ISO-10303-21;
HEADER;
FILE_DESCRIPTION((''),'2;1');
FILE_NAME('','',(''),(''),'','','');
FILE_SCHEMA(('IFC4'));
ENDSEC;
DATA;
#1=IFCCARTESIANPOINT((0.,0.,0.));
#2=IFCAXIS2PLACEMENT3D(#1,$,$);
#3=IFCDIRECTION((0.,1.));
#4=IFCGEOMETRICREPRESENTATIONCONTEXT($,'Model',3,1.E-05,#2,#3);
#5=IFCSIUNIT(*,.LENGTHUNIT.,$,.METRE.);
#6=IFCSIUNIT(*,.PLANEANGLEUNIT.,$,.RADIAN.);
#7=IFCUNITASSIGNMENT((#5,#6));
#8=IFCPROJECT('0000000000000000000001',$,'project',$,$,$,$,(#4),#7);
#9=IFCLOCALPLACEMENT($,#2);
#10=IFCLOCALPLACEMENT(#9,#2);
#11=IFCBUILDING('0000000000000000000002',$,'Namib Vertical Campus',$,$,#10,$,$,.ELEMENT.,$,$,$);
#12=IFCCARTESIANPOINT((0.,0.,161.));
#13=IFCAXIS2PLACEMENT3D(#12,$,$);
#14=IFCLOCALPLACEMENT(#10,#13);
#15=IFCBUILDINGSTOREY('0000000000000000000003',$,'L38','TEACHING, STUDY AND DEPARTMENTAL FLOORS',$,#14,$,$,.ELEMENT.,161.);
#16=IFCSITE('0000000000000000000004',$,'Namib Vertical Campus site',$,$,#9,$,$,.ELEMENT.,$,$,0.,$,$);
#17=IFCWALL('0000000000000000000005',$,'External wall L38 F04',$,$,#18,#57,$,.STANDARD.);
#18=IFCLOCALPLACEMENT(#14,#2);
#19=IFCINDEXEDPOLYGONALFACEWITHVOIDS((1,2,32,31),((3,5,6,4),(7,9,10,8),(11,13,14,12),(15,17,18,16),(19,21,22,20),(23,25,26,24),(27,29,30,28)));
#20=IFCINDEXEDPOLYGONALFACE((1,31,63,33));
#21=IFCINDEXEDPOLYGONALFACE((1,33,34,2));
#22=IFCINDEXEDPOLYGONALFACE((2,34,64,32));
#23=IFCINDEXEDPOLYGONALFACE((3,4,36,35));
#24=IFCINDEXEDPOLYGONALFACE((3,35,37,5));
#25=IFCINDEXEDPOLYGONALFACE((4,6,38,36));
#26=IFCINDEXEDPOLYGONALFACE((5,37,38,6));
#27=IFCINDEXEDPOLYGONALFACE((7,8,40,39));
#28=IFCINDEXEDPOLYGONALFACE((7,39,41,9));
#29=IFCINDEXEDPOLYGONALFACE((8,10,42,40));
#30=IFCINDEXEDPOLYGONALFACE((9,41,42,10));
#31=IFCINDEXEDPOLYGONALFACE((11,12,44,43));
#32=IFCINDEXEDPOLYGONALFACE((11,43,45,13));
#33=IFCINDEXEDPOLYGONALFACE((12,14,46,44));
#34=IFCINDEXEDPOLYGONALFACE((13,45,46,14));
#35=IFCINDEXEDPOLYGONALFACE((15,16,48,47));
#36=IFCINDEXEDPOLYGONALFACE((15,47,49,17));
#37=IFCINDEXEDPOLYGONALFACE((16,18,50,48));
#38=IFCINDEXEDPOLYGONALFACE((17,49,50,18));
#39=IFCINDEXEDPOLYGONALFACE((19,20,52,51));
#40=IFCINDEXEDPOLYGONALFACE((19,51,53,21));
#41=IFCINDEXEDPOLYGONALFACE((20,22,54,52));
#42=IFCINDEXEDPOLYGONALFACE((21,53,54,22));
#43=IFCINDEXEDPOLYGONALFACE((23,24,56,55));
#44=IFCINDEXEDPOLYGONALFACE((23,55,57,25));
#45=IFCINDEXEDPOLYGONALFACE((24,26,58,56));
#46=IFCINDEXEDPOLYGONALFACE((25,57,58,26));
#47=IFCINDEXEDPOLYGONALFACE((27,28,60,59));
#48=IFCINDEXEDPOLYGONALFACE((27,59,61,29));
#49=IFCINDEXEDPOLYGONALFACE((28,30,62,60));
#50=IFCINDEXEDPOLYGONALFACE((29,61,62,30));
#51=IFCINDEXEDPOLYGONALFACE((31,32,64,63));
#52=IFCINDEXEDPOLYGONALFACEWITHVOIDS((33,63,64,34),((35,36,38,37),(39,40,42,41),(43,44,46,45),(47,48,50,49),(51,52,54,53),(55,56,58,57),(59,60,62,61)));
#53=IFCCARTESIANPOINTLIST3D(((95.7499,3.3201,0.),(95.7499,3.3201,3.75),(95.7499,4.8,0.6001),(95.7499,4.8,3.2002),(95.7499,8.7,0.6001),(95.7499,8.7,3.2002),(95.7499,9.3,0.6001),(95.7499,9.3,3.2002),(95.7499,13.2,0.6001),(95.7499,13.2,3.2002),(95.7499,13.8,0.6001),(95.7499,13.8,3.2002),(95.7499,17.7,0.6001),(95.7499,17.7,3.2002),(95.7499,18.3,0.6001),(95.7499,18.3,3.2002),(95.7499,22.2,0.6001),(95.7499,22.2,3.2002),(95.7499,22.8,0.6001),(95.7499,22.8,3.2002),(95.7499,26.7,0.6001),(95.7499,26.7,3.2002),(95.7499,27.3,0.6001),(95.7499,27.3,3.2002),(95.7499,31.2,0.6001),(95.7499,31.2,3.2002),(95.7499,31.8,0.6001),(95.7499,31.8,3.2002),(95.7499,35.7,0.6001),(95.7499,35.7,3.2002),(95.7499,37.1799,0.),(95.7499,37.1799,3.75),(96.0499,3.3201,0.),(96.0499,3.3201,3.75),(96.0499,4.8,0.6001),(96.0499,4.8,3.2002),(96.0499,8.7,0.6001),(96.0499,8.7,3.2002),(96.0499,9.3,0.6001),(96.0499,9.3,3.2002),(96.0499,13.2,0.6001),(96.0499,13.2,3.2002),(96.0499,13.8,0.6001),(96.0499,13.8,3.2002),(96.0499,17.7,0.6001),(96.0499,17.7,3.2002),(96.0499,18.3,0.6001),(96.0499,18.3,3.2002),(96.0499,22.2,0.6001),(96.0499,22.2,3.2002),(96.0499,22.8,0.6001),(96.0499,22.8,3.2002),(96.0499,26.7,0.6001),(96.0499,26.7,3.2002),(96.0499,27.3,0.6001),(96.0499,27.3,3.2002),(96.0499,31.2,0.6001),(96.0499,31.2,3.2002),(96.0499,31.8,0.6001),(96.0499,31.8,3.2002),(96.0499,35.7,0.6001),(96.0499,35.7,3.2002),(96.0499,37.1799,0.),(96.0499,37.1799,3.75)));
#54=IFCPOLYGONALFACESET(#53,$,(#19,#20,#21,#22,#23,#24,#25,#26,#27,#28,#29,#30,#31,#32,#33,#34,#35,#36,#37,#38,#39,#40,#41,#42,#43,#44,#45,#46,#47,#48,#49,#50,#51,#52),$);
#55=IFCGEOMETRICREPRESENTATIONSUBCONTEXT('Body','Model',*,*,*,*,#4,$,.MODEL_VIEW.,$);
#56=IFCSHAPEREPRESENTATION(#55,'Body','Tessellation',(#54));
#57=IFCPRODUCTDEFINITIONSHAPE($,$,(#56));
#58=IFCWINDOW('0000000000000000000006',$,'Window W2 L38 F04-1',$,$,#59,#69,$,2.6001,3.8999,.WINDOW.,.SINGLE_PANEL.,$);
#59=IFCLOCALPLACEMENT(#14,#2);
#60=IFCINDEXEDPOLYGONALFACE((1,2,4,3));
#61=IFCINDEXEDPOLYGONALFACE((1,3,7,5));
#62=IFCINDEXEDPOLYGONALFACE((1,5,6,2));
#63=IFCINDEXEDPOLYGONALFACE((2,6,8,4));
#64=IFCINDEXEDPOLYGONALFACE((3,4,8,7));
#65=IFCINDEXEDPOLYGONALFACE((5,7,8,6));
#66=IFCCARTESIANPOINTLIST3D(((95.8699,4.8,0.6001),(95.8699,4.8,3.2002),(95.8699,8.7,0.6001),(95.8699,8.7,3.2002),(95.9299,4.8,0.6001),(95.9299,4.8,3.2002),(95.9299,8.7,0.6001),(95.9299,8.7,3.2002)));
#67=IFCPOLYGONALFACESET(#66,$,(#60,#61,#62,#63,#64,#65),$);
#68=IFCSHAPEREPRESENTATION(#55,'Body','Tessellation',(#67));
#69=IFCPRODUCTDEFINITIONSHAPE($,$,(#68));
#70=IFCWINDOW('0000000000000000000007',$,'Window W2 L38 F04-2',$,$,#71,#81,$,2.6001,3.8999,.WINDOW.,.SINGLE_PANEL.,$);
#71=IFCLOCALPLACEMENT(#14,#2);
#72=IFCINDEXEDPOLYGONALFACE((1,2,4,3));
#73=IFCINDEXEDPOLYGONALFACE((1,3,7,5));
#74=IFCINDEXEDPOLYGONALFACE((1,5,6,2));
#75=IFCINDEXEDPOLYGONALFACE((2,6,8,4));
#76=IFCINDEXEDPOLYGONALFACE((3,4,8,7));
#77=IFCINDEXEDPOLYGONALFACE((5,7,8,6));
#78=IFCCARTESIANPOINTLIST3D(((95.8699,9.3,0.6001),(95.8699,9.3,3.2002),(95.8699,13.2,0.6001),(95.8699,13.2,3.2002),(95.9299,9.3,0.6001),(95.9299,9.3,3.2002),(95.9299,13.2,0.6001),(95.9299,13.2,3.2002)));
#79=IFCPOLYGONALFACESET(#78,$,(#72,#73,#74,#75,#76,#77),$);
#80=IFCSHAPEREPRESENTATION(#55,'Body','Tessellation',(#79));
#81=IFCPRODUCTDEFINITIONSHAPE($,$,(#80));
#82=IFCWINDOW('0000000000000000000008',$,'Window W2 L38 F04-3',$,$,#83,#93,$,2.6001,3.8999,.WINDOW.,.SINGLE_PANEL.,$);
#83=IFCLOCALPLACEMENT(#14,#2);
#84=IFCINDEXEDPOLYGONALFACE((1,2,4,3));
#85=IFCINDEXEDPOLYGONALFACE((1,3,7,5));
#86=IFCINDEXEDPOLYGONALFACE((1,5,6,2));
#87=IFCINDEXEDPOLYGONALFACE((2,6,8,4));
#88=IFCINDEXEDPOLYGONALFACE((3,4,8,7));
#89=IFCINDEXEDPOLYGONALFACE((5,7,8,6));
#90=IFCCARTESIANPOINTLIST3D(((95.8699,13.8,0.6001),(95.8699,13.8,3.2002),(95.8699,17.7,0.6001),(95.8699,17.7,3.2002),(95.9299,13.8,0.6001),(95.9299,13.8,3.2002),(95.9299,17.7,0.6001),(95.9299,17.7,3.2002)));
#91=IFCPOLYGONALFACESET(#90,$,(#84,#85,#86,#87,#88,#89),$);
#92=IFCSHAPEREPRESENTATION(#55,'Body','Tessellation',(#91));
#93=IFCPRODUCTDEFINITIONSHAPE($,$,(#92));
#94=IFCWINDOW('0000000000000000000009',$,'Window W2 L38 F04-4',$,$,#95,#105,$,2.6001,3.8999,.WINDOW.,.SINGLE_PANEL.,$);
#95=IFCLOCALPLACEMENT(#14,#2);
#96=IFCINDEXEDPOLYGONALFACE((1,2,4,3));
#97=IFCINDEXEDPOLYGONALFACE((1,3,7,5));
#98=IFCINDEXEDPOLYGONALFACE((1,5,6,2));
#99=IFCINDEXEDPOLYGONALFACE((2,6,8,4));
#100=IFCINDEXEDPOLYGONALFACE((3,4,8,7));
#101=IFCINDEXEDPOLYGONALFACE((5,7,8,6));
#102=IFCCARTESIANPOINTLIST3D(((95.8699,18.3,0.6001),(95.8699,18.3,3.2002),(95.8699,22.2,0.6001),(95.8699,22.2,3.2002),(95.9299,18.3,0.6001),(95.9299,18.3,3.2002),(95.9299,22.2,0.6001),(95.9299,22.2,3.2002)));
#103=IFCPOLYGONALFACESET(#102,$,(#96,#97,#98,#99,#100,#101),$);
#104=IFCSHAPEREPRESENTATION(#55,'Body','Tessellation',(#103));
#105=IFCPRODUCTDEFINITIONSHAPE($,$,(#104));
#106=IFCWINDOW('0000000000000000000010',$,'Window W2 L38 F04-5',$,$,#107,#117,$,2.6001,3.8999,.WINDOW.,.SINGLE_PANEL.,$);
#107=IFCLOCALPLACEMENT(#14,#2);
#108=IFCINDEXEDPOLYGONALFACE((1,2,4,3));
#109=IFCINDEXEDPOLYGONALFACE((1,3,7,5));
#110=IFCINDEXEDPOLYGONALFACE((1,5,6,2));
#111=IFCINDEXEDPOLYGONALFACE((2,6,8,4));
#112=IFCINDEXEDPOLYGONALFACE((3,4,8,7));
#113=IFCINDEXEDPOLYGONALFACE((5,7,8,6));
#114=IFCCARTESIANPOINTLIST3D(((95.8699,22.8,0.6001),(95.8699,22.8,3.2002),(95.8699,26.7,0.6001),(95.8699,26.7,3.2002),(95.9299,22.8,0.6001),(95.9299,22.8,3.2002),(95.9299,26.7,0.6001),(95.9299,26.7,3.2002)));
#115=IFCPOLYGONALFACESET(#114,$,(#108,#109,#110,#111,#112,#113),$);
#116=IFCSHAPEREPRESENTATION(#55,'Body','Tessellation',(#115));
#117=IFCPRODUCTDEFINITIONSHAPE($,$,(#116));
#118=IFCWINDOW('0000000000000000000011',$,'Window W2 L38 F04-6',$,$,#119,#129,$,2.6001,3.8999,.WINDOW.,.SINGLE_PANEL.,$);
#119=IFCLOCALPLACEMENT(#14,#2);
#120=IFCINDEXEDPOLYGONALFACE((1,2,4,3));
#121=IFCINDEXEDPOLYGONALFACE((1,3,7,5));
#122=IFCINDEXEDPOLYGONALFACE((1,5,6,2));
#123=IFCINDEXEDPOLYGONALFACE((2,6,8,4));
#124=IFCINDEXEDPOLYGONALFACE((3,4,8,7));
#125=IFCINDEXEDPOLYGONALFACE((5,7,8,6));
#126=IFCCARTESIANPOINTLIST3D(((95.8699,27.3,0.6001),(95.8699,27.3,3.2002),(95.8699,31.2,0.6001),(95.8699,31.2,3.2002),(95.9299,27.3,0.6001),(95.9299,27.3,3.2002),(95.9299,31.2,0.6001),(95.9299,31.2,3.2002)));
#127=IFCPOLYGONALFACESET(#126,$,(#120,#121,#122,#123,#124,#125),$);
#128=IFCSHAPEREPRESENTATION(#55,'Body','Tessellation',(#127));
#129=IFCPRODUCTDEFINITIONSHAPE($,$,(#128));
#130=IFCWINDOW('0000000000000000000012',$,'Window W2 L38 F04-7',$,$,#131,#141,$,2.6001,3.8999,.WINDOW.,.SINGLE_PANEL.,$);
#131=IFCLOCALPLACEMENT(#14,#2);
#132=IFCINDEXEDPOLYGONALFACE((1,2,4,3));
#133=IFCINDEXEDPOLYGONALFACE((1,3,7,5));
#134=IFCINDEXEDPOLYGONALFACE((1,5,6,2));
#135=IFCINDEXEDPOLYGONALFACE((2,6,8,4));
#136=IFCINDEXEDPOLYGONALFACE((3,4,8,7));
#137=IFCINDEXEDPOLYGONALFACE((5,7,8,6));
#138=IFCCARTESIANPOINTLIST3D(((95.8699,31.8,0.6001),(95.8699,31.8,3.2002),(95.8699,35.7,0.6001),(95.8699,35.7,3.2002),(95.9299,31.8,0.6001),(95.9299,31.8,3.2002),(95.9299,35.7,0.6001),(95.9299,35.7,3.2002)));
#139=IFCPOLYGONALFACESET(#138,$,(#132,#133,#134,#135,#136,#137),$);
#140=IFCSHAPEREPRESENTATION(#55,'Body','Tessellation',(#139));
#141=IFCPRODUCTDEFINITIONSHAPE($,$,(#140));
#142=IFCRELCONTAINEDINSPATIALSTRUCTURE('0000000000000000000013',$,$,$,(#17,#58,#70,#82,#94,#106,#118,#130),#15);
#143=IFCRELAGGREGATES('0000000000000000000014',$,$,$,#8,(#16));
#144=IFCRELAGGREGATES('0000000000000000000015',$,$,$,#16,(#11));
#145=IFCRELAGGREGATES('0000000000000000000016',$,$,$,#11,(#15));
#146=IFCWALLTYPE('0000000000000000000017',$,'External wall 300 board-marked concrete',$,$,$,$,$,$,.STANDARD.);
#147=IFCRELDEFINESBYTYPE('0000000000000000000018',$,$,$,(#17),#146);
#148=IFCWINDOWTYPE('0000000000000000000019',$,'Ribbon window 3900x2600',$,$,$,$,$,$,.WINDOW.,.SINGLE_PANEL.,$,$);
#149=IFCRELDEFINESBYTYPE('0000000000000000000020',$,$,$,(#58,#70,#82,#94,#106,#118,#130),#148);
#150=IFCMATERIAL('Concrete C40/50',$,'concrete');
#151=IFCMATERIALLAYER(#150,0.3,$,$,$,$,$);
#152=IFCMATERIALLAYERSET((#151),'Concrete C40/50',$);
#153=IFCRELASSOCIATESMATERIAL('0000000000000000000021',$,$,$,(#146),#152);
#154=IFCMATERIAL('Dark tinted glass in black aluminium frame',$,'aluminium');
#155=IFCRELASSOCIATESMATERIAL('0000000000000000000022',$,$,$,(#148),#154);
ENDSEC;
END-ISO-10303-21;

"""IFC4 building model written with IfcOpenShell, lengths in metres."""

from ifc_helpers import new_model, si_unit, direction, frame, frame_2d, origin, place, context, subcontext, project, spatial, rectangle, extrude, material, layer, layer_set, type_object, element, fill, save


model = new_model("IFC4")

# Units and contexts
model_context = context("Model", 3, precision=1e-05, world=origin(), true_north=direction((0.0, 1.0)))
body_context = subcontext(model_context, "Body", "Model", "MODEL_VIEW")
ifc_project = project(units=[si_unit("LENGTHUNIT", "METRE"), si_unit("PLANEANGLEUNIT", "RADIAN")], contexts=[model_context])

# Site, building, storey
site_placement = place(None, origin())
site = spatial("IfcSite", under=ifc_project, at=site_placement, Name="Namib Vertical Campus site", CompositionType="ELEMENT", RefElevation=0.0)
building_placement = place(site_placement, origin())
building = spatial("IfcBuilding", under=site, at=building_placement, Name="Namib Vertical Campus", CompositionType="ELEMENT")
storey_placement = place(building_placement, frame((0.0, 0.0, 161.0)))
storey = spatial("IfcBuildingStorey", under=building, at=storey_placement, Name="L38", Description="TEACHING, STUDY AND DEPARTMENTAL FLOORS", CompositionType="ELEMENT", Elevation=161.0)

# Wall, openings, windows
ifc_material_1 = material(Name="Concrete C40/50", Category="concrete")
ifc_layer_1 = layer(ifc_material_1, 0.3)
ifc_layer_set_1 = layer_set([ifc_layer_1], Name="Concrete C40/50")
wall_type_1 = type_object("IfcWallType", Name="External wall 300 board-marked concrete", PredefinedType="STANDARD", material=ifc_layer_set_1)
wall_1_placement = place(storey_placement, frame((95.8999, 3.3201, 0.0), z_axis=(0.0, 0.0, 1.0), x_axis=(0.0, 1.0, 0.0)))
wall_1 = element("IfcWall", 1, at=wall_1_placement, inside=storey, type_object=wall_type_1, Name="External wall L38 F04", PredefinedType="STANDARD", context=body_context, shape_type="SweptSolid", body=[
    extrude(rectangle(XDim=33.8599, YDim=0.3, at=frame_2d((16.9299, 0.0))), origin(), (0.0, 0.0, 1.0), 3.75),
])
opening_1_placement = place(wall_1_placement, frame((1.48, 0.0, 0.6001)))
opening_1 = element("IfcOpeningElement", 2, at=opening_1_placement, cuts=wall_1, PredefinedType="OPENING", context=body_context, shape_type="SweptSolid", body=[
    extrude(rectangle(XDim=3.8999, YDim=2.6001, at=frame_2d((1.95, 1.3))), frame((0.0, 0.1599, 0.0), z_axis=(0.0, -1.0, 0.0), x_axis=(1.0, 0.0, 0.0)), (0.0, 0.0, 1.0), 0.3201),
])
opening_2_placement = place(wall_1_placement, frame((5.98, 0.0, 0.6001)))
opening_2 = element("IfcOpeningElement", 3, at=opening_2_placement, cuts=wall_1, PredefinedType="OPENING", context=body_context, shape_type="SweptSolid", body=[
    extrude(rectangle(XDim=3.8999, YDim=2.6001, at=frame_2d((1.95, 1.3))), frame((0.0, 0.1599, 0.0), z_axis=(0.0, -1.0, 0.0), x_axis=(1.0, 0.0, 0.0)), (0.0, 0.0, 1.0), 0.3201),
])
opening_3_placement = place(wall_1_placement, frame((10.48, 0.0, 0.6001)))
opening_3 = element("IfcOpeningElement", 4, at=opening_3_placement, cuts=wall_1, PredefinedType="OPENING", context=body_context, shape_type="SweptSolid", body=[
    extrude(rectangle(XDim=3.8999, YDim=2.6001, at=frame_2d((1.95, 1.3))), frame((0.0, 0.1599, 0.0), z_axis=(0.0, -1.0, 0.0), x_axis=(1.0, 0.0, 0.0)), (0.0, 0.0, 1.0), 0.3201),
])
opening_4_placement = place(wall_1_placement, frame((14.98, 0.0, 0.6001)))
opening_4 = element("IfcOpeningElement", 5, at=opening_4_placement, cuts=wall_1, PredefinedType="OPENING", context=body_context, shape_type="SweptSolid", body=[
    extrude(rectangle(XDim=3.8999, YDim=2.6001, at=frame_2d((1.95, 1.3))), frame((0.0, 0.1599, 0.0), z_axis=(0.0, -1.0, 0.0), x_axis=(1.0, 0.0, 0.0)), (0.0, 0.0, 1.0), 0.3201),
])
opening_5_placement = place(wall_1_placement, frame((19.48, 0.0, 0.6001)))
opening_5 = element("IfcOpeningElement", 6, at=opening_5_placement, cuts=wall_1, PredefinedType="OPENING", context=body_context, shape_type="SweptSolid", body=[
    extrude(rectangle(XDim=3.8999, YDim=2.6001, at=frame_2d((1.95, 1.3))), frame((0.0, 0.1599, 0.0), z_axis=(0.0, -1.0, 0.0), x_axis=(1.0, 0.0, 0.0)), (0.0, 0.0, 1.0), 0.3201),
])
opening_6_placement = place(wall_1_placement, frame((23.98, 0.0, 0.6001)))
opening_6 = element("IfcOpeningElement", 7, at=opening_6_placement, cuts=wall_1, PredefinedType="OPENING", context=body_context, shape_type="SweptSolid", body=[
    extrude(rectangle(XDim=3.8999, YDim=2.6001, at=frame_2d((1.95, 1.3))), frame((0.0, 0.1599, 0.0), z_axis=(0.0, -1.0, 0.0), x_axis=(1.0, 0.0, 0.0)), (0.0, 0.0, 1.0), 0.3201),
])
opening_7_placement = place(wall_1_placement, frame((28.48, 0.0, 0.6001)))
opening_7 = element("IfcOpeningElement", 8, at=opening_7_placement, cuts=wall_1, PredefinedType="OPENING", context=body_context, shape_type="SweptSolid", body=[
    extrude(rectangle(XDim=3.8999, YDim=2.6001, at=frame_2d((1.95, 1.3))), frame((0.0, 0.1599, 0.0), z_axis=(0.0, -1.0, 0.0), x_axis=(1.0, 0.0, 0.0)), (0.0, 0.0, 1.0), 0.3201),
])
ifc_material_2 = material(Name="Dark tinted glass in black aluminium frame", Category="aluminium")
window_type = type_object("IfcWindowType", Name="Ribbon window 3900x2600", PartitioningType="SINGLE_PANEL", PredefinedType="WINDOW", material=ifc_material_2)
window_1_placement = place(opening_1_placement, origin())
window_1 = element("IfcWindow", 9, at=window_1_placement, inside=storey, type_object=window_type, Name="Window W2 L38 F04-1", OverallHeight=2.6001, OverallWidth=3.8999, PartitioningType="SINGLE_PANEL", PredefinedType="WINDOW", context=body_context, shape_type="SweptSolid", body=[
    extrude(rectangle(XDim=3.8999, YDim=2.6001, at=frame_2d((1.95, 1.3))), frame((0.0, 0.03, 0.0), z_axis=(0.0, -1.0, 0.0), x_axis=(1.0, 0.0, 0.0)), (0.0, 0.0, 1.0), 0.0601),
])
fill(opening_1, window_1)
window_2_placement = place(opening_2_placement, origin())
window_2 = element("IfcWindow", 10, at=window_2_placement, inside=storey, type_object=window_type, Name="Window W2 L38 F04-2", OverallHeight=2.6001, OverallWidth=3.8999, PartitioningType="SINGLE_PANEL", PredefinedType="WINDOW", context=body_context, shape_type="SweptSolid", body=[
    extrude(rectangle(XDim=3.8999, YDim=2.6001, at=frame_2d((1.95, 1.3))), frame((0.0, 0.03, 0.0), z_axis=(0.0, -1.0, 0.0), x_axis=(1.0, 0.0, 0.0)), (0.0, 0.0, 1.0), 0.0601),
])
fill(opening_2, window_2)
window_3_placement = place(opening_3_placement, origin())
window_3 = element("IfcWindow", 11, at=window_3_placement, inside=storey, type_object=window_type, Name="Window W2 L38 F04-3", OverallHeight=2.6001, OverallWidth=3.8999, PartitioningType="SINGLE_PANEL", PredefinedType="WINDOW", context=body_context, shape_type="SweptSolid", body=[
    extrude(rectangle(XDim=3.8999, YDim=2.6001, at=frame_2d((1.95, 1.3))), frame((0.0, 0.03, 0.0), z_axis=(0.0, -1.0, 0.0), x_axis=(1.0, 0.0, 0.0)), (0.0, 0.0, 1.0), 0.0601),
])
fill(opening_3, window_3)
window_4_placement = place(opening_4_placement, origin())
window_4 = element("IfcWindow", 12, at=window_4_placement, inside=storey, type_object=window_type, Name="Window W2 L38 F04-4", OverallHeight=2.6001, OverallWidth=3.8999, PartitioningType="SINGLE_PANEL", PredefinedType="WINDOW", context=body_context, shape_type="SweptSolid", body=[
    extrude(rectangle(XDim=3.8999, YDim=2.6001, at=frame_2d((1.95, 1.3))), frame((0.0, 0.03, 0.0), z_axis=(0.0, -1.0, 0.0), x_axis=(1.0, 0.0, 0.0)), (0.0, 0.0, 1.0), 0.0601),
])
fill(opening_4, window_4)
window_5_placement = place(opening_5_placement, origin())
window_5 = element("IfcWindow", 13, at=window_5_placement, inside=storey, type_object=window_type, Name="Window W2 L38 F04-5", OverallHeight=2.6001, OverallWidth=3.8999, PartitioningType="SINGLE_PANEL", PredefinedType="WINDOW", context=body_context, shape_type="SweptSolid", body=[
    extrude(rectangle(XDim=3.8999, YDim=2.6001, at=frame_2d((1.95, 1.3))), frame((0.0, 0.03, 0.0), z_axis=(0.0, -1.0, 0.0), x_axis=(1.0, 0.0, 0.0)), (0.0, 0.0, 1.0), 0.0601),
])
fill(opening_5, window_5)
window_6_placement = place(opening_6_placement, origin())
window_6 = element("IfcWindow", 14, at=window_6_placement, inside=storey, type_object=window_type, Name="Window W2 L38 F04-6", OverallHeight=2.6001, OverallWidth=3.8999, PartitioningType="SINGLE_PANEL", PredefinedType="WINDOW", context=body_context, shape_type="SweptSolid", body=[
    extrude(rectangle(XDim=3.8999, YDim=2.6001, at=frame_2d((1.95, 1.3))), frame((0.0, 0.03, 0.0), z_axis=(0.0, -1.0, 0.0), x_axis=(1.0, 0.0, 0.0)), (0.0, 0.0, 1.0), 0.0601),
])
fill(opening_6, window_6)
window_7_placement = place(opening_7_placement, origin())
window_7 = element("IfcWindow", 15, at=window_7_placement, inside=storey, type_object=window_type, Name="Window W2 L38 F04-7", OverallHeight=2.6001, OverallWidth=3.8999, PartitioningType="SINGLE_PANEL", PredefinedType="WINDOW", context=body_context, shape_type="SweptSolid", body=[
    extrude(rectangle(XDim=3.8999, YDim=2.6001, at=frame_2d((1.95, 1.3))), frame((0.0, 0.03, 0.0), z_axis=(0.0, -1.0, 0.0), x_axis=(1.0, 0.0, 0.0)), (0.0, 0.0, 1.0), 0.0601),
])
fill(opening_7, window_7)

save(model, "model.ifc")
